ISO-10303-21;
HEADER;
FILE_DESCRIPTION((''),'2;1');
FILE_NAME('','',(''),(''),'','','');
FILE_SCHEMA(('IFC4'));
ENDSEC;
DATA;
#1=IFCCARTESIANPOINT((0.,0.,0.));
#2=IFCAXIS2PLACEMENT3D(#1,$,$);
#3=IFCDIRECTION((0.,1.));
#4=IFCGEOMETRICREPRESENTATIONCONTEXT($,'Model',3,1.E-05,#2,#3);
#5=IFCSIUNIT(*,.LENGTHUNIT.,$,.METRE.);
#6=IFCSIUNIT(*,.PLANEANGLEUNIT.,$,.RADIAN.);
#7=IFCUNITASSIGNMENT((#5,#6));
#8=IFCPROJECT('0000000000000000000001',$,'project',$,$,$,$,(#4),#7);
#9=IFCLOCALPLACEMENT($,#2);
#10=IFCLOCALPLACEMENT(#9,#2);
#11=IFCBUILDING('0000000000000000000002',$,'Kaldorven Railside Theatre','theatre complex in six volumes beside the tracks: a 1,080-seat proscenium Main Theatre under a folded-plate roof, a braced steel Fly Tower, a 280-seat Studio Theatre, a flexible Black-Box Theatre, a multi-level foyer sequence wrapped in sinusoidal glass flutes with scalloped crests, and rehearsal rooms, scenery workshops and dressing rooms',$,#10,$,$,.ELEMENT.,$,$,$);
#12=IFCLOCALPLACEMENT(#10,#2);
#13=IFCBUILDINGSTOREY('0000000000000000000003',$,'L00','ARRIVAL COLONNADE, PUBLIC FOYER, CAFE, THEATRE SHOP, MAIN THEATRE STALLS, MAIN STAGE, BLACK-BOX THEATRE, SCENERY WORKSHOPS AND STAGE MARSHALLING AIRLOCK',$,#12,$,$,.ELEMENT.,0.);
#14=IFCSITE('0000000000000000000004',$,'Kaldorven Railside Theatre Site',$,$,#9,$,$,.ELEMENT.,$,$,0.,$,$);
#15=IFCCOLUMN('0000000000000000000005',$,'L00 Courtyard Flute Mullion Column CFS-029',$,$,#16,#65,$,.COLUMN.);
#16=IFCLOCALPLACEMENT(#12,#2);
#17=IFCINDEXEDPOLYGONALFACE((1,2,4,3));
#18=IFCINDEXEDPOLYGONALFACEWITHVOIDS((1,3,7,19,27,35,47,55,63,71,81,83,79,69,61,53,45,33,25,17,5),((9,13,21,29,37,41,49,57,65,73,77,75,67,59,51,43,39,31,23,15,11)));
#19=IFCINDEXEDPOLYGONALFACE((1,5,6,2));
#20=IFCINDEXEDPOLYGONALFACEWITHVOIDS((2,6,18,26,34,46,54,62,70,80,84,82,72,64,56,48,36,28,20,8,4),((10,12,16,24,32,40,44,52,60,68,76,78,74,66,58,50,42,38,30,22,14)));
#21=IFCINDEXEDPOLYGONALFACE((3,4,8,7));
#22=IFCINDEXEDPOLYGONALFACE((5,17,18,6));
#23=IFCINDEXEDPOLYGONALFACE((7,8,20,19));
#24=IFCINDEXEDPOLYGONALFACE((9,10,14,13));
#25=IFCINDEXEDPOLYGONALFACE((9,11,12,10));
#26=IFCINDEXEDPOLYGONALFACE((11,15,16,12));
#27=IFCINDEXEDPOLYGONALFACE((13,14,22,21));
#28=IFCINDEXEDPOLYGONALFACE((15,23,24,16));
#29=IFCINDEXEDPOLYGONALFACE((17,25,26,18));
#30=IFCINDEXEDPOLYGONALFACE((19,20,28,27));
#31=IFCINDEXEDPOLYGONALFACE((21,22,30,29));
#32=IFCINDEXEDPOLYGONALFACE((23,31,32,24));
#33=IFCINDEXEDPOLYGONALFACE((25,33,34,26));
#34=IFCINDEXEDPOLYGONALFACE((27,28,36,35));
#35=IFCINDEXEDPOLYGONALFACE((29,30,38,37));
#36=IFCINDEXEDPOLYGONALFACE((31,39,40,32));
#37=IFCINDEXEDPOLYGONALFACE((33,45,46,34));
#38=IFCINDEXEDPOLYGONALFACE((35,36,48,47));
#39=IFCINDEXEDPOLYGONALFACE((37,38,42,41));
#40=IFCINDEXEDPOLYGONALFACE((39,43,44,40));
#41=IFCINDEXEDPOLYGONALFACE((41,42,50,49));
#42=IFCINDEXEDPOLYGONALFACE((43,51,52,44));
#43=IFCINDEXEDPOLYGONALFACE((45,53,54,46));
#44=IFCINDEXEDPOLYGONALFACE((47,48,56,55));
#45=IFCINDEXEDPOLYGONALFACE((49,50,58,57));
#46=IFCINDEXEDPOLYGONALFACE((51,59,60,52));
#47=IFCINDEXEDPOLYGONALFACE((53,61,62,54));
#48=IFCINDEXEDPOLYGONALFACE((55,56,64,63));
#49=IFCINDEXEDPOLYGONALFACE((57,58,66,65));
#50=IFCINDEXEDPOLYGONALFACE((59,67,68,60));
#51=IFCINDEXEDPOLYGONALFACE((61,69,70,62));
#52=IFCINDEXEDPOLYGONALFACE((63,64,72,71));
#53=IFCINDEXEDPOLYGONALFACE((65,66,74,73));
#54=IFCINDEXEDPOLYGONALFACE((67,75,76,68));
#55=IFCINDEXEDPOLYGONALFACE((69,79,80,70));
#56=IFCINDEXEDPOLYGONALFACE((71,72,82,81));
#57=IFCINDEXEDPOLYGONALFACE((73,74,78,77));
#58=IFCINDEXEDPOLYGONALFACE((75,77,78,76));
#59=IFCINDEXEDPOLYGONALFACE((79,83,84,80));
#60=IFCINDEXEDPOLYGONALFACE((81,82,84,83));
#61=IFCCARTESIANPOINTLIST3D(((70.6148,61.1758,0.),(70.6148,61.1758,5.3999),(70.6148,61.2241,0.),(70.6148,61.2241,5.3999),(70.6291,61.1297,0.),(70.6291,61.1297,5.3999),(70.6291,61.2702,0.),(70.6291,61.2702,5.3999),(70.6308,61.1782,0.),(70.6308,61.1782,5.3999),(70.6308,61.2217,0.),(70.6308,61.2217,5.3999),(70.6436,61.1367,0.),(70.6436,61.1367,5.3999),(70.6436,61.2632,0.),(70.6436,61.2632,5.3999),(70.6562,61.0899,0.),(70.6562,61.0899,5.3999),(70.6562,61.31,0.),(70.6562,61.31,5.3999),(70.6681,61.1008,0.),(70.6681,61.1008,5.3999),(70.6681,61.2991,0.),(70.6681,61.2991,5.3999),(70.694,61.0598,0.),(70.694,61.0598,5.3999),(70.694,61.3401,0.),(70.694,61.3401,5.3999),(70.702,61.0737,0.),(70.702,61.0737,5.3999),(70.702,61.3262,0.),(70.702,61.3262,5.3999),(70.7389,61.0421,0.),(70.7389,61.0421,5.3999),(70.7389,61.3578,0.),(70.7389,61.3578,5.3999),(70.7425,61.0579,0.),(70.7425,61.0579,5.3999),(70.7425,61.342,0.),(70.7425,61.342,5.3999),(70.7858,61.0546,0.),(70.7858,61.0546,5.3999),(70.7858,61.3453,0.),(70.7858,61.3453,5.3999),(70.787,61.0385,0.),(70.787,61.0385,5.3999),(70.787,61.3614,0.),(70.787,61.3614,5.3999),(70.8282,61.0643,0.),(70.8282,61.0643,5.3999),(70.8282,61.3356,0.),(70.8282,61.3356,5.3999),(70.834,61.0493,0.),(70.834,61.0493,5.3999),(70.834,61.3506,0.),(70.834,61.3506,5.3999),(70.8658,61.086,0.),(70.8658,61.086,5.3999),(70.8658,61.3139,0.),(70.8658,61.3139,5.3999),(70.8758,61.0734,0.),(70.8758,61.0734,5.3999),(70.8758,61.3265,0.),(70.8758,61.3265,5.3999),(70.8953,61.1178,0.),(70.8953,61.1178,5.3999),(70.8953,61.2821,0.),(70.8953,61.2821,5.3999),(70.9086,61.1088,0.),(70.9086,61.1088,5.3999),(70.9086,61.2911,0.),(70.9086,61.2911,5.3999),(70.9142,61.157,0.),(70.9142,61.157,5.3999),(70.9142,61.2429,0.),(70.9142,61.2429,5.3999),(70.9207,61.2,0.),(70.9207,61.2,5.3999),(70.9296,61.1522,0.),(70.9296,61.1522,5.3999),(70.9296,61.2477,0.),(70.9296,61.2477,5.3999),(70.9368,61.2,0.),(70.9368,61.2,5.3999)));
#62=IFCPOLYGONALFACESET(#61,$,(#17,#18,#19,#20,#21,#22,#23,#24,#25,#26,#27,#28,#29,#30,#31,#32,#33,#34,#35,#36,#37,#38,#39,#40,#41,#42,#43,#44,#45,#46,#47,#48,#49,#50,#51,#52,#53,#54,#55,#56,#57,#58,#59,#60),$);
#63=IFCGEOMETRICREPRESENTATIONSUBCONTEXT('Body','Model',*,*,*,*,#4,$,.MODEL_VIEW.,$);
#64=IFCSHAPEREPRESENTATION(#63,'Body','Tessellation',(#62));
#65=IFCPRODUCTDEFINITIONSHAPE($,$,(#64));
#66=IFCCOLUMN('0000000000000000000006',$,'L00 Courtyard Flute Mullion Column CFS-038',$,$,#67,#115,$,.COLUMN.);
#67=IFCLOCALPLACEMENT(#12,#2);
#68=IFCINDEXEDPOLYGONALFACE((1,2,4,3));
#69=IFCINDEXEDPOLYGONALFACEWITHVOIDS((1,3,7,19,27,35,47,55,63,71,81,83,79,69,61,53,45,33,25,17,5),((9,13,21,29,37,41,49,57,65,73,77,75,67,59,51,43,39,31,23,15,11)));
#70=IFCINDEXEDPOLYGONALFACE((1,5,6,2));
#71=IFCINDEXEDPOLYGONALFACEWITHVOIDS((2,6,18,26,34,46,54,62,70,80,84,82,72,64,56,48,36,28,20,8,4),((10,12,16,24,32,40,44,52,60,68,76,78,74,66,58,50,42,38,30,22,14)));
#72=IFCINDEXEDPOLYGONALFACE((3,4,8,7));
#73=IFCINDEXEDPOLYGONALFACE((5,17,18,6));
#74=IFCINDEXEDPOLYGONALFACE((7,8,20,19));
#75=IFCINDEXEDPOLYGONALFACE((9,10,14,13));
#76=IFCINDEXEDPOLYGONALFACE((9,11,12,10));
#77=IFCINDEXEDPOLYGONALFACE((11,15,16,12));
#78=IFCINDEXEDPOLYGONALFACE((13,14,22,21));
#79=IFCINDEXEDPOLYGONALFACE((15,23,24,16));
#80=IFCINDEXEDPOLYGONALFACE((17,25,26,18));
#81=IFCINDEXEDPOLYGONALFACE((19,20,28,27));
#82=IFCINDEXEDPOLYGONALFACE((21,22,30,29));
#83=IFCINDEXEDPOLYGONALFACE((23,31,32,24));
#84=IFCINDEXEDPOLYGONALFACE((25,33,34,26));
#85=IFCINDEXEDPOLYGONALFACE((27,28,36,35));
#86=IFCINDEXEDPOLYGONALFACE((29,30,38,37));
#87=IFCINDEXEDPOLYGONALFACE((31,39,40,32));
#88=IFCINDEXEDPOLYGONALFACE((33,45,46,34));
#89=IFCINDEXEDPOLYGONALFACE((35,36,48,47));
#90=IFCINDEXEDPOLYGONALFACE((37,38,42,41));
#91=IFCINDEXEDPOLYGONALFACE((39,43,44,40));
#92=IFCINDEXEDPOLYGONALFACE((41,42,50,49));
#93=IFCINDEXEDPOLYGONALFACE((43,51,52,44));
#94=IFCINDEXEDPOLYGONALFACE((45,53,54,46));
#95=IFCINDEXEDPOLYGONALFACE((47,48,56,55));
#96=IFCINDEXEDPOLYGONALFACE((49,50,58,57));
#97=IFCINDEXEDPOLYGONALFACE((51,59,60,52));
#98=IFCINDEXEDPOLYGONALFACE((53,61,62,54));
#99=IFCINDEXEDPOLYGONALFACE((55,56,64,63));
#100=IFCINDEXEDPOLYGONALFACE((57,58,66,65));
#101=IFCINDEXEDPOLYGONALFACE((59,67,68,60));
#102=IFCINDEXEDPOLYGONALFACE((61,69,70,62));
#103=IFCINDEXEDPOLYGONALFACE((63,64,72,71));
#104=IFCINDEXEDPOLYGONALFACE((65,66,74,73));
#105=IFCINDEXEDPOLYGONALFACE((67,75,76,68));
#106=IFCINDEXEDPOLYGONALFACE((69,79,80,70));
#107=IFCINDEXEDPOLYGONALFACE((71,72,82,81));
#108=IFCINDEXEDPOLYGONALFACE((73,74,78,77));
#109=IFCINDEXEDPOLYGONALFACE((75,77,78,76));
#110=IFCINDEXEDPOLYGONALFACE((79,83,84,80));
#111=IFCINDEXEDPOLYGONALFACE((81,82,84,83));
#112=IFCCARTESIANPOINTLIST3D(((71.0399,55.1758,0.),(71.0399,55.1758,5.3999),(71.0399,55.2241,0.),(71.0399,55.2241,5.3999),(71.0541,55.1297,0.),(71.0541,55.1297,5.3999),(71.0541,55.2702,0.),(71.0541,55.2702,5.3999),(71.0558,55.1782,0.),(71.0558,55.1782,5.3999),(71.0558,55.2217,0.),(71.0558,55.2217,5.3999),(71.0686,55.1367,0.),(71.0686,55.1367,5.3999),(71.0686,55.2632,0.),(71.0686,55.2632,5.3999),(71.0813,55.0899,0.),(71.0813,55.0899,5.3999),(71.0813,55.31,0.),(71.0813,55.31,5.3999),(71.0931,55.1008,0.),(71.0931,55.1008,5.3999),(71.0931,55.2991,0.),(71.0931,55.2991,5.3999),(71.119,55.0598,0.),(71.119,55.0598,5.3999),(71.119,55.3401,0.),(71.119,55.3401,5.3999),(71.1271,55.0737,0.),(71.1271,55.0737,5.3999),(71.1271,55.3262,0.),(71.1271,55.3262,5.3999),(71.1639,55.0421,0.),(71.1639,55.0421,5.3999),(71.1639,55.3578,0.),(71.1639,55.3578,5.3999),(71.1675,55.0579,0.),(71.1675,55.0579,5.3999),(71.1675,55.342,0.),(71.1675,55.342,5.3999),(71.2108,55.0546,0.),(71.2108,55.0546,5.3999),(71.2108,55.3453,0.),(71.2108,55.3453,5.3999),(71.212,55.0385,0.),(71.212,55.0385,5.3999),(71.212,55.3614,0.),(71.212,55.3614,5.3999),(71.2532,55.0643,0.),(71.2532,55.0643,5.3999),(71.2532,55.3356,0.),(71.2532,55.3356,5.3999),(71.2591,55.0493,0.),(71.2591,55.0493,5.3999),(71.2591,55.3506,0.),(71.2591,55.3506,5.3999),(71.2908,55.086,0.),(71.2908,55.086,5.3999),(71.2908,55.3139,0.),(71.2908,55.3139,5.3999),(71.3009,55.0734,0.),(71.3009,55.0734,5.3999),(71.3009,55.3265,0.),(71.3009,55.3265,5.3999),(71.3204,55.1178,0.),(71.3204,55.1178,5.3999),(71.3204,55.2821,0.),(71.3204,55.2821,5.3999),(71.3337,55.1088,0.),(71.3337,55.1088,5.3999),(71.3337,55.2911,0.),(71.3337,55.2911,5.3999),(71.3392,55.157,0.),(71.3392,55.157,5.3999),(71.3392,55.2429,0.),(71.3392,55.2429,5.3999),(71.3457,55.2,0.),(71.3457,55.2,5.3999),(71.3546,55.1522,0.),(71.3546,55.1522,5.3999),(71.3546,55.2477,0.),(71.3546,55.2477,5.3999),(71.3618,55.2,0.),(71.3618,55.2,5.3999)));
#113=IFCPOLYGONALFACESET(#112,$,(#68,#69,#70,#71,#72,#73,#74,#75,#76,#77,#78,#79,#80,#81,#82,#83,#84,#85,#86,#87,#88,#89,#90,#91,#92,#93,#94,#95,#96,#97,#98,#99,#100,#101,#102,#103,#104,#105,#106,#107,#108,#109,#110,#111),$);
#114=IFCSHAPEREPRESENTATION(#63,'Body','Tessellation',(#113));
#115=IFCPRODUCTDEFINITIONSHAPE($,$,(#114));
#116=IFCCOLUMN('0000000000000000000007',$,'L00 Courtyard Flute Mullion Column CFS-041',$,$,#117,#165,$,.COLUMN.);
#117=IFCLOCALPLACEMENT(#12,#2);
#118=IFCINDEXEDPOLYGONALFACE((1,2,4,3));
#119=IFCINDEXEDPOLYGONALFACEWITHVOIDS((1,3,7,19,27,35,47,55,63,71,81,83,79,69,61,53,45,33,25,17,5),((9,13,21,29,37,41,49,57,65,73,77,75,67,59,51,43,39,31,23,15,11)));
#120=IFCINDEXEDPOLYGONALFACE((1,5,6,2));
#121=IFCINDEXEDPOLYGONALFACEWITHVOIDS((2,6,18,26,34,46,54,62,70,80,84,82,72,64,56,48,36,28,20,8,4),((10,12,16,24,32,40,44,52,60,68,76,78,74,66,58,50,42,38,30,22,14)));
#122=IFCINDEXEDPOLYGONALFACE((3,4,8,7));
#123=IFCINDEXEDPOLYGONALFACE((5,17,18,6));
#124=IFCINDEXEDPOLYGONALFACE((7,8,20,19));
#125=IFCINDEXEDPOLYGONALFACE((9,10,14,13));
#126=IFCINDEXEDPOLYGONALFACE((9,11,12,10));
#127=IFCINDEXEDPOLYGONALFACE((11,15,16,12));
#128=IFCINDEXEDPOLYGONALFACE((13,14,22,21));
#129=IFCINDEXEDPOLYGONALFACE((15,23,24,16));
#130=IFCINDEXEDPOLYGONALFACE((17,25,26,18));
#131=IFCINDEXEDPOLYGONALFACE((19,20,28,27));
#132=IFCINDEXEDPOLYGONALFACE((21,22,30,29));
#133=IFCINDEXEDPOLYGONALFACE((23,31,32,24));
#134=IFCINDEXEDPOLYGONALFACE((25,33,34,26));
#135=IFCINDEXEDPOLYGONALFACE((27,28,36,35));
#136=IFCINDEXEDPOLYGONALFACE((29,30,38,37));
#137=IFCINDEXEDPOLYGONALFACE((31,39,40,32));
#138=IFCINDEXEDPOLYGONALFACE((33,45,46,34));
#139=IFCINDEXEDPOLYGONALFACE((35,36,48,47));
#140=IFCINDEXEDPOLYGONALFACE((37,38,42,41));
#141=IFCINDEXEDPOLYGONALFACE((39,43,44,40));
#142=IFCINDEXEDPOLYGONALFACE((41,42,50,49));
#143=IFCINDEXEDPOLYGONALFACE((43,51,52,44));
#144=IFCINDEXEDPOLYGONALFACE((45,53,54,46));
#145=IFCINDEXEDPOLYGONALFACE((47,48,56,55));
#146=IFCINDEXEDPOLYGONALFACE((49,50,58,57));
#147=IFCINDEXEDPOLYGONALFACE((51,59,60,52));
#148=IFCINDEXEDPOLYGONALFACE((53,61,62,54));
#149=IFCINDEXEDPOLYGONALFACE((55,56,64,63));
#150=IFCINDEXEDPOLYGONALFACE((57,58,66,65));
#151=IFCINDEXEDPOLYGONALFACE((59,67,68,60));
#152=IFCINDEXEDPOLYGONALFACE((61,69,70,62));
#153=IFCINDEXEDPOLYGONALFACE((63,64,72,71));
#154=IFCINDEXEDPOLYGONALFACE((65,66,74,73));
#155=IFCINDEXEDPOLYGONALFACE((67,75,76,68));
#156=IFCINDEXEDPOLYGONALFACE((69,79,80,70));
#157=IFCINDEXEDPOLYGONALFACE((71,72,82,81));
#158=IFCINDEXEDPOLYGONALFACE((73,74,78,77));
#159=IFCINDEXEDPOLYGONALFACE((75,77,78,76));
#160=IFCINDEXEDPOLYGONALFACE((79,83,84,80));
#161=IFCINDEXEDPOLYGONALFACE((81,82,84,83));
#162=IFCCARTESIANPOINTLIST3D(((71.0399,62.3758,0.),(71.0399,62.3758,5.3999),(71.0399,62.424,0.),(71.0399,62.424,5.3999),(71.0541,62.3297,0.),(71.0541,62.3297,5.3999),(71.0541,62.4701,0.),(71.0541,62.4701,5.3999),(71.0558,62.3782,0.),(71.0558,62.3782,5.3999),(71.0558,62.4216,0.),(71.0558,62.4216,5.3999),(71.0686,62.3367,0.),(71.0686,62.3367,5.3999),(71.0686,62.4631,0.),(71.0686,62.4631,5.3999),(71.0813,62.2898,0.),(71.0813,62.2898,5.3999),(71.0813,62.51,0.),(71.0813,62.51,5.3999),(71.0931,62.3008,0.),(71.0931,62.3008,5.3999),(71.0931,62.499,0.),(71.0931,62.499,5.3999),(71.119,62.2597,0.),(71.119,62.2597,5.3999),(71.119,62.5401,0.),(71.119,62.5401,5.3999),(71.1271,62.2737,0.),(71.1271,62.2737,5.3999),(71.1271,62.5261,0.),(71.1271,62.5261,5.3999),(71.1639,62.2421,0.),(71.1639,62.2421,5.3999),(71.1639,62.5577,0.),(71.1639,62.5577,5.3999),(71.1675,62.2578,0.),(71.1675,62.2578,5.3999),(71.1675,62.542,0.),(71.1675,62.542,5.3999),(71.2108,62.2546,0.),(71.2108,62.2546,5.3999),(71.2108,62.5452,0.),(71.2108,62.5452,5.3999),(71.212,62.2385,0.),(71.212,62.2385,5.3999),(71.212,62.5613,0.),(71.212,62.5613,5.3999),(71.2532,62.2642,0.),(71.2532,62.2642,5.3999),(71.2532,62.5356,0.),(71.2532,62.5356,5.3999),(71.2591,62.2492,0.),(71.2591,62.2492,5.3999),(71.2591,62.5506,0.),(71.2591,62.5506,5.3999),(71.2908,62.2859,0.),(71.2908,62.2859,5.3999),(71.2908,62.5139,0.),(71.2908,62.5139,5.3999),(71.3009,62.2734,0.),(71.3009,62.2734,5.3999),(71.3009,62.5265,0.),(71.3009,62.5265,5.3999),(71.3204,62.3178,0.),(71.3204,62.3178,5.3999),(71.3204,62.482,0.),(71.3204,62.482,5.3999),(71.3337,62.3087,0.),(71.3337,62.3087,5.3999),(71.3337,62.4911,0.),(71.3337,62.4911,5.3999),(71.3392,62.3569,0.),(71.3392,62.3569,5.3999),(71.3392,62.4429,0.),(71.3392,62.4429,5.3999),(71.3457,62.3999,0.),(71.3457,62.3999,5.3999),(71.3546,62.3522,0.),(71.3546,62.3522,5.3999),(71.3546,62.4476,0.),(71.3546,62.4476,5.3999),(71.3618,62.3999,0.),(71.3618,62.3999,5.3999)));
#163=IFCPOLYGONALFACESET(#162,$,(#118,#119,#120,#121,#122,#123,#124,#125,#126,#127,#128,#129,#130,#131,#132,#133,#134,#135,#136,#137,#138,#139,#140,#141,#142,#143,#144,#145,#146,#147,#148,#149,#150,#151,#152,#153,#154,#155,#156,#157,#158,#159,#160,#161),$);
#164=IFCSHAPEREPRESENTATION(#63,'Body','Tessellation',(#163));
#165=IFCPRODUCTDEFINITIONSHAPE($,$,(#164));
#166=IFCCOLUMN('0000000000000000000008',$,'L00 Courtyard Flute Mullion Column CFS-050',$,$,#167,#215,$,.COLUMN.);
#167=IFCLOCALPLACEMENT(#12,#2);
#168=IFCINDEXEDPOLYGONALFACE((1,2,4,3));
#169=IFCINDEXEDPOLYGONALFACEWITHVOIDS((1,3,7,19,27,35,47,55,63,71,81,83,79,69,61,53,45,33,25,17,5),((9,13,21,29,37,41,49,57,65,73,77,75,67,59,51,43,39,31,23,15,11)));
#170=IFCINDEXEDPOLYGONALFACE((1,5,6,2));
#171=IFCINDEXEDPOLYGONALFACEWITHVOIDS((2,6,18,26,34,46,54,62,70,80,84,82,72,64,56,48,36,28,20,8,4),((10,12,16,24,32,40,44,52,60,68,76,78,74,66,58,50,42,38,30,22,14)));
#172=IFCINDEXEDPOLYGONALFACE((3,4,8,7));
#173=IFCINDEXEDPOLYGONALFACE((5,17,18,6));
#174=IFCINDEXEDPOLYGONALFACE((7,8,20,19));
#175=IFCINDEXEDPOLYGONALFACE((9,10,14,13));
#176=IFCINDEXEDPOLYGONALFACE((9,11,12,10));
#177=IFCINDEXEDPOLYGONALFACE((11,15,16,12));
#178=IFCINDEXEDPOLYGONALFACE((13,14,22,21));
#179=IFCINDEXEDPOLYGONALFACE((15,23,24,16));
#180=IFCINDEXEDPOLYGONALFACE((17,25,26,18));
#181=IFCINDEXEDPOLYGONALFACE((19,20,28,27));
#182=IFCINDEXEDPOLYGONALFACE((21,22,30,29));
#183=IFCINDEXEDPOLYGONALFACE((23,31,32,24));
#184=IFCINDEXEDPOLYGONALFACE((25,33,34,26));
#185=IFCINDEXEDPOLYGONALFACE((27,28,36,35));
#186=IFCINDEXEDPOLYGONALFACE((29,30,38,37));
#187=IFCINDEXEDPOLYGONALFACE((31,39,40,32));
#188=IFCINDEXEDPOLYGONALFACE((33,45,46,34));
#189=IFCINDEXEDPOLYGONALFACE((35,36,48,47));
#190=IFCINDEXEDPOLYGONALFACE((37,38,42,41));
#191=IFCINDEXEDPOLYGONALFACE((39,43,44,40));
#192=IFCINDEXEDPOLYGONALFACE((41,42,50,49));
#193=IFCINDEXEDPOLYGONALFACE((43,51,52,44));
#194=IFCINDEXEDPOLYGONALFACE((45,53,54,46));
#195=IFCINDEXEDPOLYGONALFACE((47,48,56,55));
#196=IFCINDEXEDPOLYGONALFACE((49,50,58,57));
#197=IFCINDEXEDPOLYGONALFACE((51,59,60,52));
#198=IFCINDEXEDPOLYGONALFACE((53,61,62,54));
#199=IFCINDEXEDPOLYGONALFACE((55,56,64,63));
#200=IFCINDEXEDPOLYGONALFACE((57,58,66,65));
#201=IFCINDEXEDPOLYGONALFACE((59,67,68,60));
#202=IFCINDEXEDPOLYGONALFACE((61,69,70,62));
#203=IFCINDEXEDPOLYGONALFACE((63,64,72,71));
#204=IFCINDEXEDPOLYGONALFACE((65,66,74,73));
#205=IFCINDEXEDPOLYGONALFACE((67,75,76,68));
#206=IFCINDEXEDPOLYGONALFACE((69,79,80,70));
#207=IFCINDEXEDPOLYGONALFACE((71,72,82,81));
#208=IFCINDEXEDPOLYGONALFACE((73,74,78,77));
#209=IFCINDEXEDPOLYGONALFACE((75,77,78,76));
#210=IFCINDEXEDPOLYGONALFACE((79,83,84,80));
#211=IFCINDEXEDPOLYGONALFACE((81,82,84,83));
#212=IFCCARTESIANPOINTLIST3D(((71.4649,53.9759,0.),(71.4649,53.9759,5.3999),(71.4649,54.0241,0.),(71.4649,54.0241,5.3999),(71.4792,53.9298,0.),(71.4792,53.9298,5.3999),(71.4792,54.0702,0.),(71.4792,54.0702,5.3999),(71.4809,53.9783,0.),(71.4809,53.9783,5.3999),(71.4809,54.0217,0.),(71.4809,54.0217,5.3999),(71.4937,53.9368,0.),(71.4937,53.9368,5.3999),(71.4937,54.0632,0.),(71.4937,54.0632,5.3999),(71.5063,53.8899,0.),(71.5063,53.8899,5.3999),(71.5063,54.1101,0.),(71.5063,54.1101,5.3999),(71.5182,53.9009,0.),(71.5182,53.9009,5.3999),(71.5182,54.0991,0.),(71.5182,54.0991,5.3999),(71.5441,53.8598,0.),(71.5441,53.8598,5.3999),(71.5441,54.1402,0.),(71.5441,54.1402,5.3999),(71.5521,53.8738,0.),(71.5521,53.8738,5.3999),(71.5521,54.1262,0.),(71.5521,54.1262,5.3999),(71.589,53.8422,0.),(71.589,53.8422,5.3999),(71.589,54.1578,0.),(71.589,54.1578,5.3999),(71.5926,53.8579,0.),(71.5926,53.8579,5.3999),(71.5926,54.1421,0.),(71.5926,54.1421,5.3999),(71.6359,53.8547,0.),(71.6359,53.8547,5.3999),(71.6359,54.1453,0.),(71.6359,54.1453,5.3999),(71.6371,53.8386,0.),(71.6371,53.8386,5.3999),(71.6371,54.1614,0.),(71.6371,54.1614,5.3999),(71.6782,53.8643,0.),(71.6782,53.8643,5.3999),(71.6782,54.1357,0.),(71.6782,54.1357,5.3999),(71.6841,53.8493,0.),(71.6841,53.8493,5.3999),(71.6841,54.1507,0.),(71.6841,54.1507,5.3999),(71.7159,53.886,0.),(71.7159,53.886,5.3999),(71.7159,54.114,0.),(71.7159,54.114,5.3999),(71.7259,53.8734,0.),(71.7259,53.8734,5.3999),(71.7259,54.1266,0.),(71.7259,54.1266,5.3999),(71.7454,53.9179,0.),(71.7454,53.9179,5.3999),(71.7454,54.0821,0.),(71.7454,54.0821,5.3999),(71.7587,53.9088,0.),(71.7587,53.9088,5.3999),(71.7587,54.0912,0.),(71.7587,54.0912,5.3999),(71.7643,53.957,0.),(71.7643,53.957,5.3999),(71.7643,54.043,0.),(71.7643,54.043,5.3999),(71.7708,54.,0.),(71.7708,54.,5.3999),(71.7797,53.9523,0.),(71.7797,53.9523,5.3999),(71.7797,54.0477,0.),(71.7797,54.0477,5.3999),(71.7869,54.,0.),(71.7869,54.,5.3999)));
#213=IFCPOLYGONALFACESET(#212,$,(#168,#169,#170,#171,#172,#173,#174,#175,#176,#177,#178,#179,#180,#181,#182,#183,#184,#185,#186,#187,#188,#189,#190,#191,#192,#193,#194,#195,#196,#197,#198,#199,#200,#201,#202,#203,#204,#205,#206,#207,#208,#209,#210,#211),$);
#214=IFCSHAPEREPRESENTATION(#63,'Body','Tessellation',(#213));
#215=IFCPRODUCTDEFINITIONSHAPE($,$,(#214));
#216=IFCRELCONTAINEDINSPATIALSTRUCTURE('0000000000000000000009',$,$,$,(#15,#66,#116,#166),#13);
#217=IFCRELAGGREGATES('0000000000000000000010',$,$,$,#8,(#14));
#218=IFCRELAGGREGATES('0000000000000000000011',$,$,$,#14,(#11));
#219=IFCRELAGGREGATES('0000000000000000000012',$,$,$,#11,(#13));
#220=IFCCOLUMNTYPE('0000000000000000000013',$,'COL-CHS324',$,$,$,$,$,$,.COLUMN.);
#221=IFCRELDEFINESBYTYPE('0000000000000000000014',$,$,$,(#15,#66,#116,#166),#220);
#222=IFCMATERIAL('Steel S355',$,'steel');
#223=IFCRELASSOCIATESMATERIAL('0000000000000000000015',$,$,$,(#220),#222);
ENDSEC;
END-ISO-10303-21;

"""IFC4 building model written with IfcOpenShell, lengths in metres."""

from ifc_helpers import new_model, si_unit, direction, frame, origin, origin_2d, place, context, subcontext, project, spatial, hollow_circle, extrude, material, material_profile, profile_set, type_object, element, save


model = new_model("IFC4")

# Units and contexts
model_context = context("Model", 3, precision=1e-05, world=origin(), true_north=direction((0.0, 1.0)))
body_context = subcontext(model_context, "Body", "Model", "MODEL_VIEW")
ifc_project = project(units=[si_unit("LENGTHUNIT", "METRE"), si_unit("PLANEANGLEUNIT", "RADIAN")], contexts=[model_context])

# Site, building, storey
site_placement = place(None, origin())
site = spatial("IfcSite", under=ifc_project, at=site_placement, Name="Kaldorven Railside Theatre Site", CompositionType="ELEMENT", RefElevation=0.0)
building_placement = place(site_placement, origin())
building = spatial("IfcBuilding", under=site, at=building_placement, Name="Kaldorven Railside Theatre", Description="theatre complex in six volumes beside the tracks: a 1,080-seat proscenium Main Theatre under a folded-plate roof, a braced steel Fly Tower, a 280-seat Studio Theatre, a flexible Black-Box Theatre, a multi-level foyer sequence wrapped in sinusoidal glass flutes with scalloped crests, and rehearsal rooms, scenery workshops and dressing rooms", CompositionType="ELEMENT")
storey_placement = place(building_placement, origin())
storey = spatial("IfcBuildingStorey", under=building, at=storey_placement, Name="L00", Description="ARRIVAL COLONNADE, PUBLIC FOYER, CAFE, THEATRE SHOP, MAIN THEATRE STALLS, MAIN STAGE, BLACK-BOX THEATRE, SCENERY WORKSHOPS AND STAGE MARSHALLING AIRLOCK", CompositionType="ELEMENT", Elevation=0.0)

# Columns
ifc_material_1 = material(Name="Steel S355", Category="steel")
ifc_material_profile_1 = material_profile(ifc_material_1, hollow_circle(Radius=0.1619, WallThickness=0.0161, at=origin_2d()), Name="CHS 323.9x16")
ifc_profile_set_1 = profile_set([ifc_material_profile_1], Name="Steel S355")
column_type_1 = type_object("IfcColumnType", Name="COL-CHS324", PredefinedType="COLUMN", material=ifc_profile_set_1)
for number, where, z_axis, x_axis, name in (
    (1, (70.7749, 61.2, 0.0), (0.0, 0.0, 1.0), (1.0, 0.0, 0.0), "L00 Courtyard Flute Mullion Column CFS-029"),
    (2, (71.2, 55.2, 0.0), (0.0, 0.0, 1.0), (1.0, 0.0, 0.0), "L00 Courtyard Flute Mullion Column CFS-038"),
    (3, (71.2, 62.3999, 0.0), (0.0, 0.0, 1.0), (1.0, 0.0, 0.0), "L00 Courtyard Flute Mullion Column CFS-041"),
    (4, (71.625, 54.0, 0.0), (0.0, 0.0, 1.0), (1.0, 0.0, 0.0), "L00 Courtyard Flute Mullion Column CFS-050"),
):
    element("IfcColumn", number, at=place(storey_placement, frame(where, z_axis=z_axis, x_axis=x_axis)), inside=storey, type_object=column_type_1, Name=name, PredefinedType="COLUMN", context=body_context, shape_type="SweptSolid", body=[
        extrude(hollow_circle(Radius=0.1619, WallThickness=0.0161, at=origin_2d()), origin(), (0.0, 0.0, 1.0), 5.3999),
    ])

save(model, "model.ifc")
